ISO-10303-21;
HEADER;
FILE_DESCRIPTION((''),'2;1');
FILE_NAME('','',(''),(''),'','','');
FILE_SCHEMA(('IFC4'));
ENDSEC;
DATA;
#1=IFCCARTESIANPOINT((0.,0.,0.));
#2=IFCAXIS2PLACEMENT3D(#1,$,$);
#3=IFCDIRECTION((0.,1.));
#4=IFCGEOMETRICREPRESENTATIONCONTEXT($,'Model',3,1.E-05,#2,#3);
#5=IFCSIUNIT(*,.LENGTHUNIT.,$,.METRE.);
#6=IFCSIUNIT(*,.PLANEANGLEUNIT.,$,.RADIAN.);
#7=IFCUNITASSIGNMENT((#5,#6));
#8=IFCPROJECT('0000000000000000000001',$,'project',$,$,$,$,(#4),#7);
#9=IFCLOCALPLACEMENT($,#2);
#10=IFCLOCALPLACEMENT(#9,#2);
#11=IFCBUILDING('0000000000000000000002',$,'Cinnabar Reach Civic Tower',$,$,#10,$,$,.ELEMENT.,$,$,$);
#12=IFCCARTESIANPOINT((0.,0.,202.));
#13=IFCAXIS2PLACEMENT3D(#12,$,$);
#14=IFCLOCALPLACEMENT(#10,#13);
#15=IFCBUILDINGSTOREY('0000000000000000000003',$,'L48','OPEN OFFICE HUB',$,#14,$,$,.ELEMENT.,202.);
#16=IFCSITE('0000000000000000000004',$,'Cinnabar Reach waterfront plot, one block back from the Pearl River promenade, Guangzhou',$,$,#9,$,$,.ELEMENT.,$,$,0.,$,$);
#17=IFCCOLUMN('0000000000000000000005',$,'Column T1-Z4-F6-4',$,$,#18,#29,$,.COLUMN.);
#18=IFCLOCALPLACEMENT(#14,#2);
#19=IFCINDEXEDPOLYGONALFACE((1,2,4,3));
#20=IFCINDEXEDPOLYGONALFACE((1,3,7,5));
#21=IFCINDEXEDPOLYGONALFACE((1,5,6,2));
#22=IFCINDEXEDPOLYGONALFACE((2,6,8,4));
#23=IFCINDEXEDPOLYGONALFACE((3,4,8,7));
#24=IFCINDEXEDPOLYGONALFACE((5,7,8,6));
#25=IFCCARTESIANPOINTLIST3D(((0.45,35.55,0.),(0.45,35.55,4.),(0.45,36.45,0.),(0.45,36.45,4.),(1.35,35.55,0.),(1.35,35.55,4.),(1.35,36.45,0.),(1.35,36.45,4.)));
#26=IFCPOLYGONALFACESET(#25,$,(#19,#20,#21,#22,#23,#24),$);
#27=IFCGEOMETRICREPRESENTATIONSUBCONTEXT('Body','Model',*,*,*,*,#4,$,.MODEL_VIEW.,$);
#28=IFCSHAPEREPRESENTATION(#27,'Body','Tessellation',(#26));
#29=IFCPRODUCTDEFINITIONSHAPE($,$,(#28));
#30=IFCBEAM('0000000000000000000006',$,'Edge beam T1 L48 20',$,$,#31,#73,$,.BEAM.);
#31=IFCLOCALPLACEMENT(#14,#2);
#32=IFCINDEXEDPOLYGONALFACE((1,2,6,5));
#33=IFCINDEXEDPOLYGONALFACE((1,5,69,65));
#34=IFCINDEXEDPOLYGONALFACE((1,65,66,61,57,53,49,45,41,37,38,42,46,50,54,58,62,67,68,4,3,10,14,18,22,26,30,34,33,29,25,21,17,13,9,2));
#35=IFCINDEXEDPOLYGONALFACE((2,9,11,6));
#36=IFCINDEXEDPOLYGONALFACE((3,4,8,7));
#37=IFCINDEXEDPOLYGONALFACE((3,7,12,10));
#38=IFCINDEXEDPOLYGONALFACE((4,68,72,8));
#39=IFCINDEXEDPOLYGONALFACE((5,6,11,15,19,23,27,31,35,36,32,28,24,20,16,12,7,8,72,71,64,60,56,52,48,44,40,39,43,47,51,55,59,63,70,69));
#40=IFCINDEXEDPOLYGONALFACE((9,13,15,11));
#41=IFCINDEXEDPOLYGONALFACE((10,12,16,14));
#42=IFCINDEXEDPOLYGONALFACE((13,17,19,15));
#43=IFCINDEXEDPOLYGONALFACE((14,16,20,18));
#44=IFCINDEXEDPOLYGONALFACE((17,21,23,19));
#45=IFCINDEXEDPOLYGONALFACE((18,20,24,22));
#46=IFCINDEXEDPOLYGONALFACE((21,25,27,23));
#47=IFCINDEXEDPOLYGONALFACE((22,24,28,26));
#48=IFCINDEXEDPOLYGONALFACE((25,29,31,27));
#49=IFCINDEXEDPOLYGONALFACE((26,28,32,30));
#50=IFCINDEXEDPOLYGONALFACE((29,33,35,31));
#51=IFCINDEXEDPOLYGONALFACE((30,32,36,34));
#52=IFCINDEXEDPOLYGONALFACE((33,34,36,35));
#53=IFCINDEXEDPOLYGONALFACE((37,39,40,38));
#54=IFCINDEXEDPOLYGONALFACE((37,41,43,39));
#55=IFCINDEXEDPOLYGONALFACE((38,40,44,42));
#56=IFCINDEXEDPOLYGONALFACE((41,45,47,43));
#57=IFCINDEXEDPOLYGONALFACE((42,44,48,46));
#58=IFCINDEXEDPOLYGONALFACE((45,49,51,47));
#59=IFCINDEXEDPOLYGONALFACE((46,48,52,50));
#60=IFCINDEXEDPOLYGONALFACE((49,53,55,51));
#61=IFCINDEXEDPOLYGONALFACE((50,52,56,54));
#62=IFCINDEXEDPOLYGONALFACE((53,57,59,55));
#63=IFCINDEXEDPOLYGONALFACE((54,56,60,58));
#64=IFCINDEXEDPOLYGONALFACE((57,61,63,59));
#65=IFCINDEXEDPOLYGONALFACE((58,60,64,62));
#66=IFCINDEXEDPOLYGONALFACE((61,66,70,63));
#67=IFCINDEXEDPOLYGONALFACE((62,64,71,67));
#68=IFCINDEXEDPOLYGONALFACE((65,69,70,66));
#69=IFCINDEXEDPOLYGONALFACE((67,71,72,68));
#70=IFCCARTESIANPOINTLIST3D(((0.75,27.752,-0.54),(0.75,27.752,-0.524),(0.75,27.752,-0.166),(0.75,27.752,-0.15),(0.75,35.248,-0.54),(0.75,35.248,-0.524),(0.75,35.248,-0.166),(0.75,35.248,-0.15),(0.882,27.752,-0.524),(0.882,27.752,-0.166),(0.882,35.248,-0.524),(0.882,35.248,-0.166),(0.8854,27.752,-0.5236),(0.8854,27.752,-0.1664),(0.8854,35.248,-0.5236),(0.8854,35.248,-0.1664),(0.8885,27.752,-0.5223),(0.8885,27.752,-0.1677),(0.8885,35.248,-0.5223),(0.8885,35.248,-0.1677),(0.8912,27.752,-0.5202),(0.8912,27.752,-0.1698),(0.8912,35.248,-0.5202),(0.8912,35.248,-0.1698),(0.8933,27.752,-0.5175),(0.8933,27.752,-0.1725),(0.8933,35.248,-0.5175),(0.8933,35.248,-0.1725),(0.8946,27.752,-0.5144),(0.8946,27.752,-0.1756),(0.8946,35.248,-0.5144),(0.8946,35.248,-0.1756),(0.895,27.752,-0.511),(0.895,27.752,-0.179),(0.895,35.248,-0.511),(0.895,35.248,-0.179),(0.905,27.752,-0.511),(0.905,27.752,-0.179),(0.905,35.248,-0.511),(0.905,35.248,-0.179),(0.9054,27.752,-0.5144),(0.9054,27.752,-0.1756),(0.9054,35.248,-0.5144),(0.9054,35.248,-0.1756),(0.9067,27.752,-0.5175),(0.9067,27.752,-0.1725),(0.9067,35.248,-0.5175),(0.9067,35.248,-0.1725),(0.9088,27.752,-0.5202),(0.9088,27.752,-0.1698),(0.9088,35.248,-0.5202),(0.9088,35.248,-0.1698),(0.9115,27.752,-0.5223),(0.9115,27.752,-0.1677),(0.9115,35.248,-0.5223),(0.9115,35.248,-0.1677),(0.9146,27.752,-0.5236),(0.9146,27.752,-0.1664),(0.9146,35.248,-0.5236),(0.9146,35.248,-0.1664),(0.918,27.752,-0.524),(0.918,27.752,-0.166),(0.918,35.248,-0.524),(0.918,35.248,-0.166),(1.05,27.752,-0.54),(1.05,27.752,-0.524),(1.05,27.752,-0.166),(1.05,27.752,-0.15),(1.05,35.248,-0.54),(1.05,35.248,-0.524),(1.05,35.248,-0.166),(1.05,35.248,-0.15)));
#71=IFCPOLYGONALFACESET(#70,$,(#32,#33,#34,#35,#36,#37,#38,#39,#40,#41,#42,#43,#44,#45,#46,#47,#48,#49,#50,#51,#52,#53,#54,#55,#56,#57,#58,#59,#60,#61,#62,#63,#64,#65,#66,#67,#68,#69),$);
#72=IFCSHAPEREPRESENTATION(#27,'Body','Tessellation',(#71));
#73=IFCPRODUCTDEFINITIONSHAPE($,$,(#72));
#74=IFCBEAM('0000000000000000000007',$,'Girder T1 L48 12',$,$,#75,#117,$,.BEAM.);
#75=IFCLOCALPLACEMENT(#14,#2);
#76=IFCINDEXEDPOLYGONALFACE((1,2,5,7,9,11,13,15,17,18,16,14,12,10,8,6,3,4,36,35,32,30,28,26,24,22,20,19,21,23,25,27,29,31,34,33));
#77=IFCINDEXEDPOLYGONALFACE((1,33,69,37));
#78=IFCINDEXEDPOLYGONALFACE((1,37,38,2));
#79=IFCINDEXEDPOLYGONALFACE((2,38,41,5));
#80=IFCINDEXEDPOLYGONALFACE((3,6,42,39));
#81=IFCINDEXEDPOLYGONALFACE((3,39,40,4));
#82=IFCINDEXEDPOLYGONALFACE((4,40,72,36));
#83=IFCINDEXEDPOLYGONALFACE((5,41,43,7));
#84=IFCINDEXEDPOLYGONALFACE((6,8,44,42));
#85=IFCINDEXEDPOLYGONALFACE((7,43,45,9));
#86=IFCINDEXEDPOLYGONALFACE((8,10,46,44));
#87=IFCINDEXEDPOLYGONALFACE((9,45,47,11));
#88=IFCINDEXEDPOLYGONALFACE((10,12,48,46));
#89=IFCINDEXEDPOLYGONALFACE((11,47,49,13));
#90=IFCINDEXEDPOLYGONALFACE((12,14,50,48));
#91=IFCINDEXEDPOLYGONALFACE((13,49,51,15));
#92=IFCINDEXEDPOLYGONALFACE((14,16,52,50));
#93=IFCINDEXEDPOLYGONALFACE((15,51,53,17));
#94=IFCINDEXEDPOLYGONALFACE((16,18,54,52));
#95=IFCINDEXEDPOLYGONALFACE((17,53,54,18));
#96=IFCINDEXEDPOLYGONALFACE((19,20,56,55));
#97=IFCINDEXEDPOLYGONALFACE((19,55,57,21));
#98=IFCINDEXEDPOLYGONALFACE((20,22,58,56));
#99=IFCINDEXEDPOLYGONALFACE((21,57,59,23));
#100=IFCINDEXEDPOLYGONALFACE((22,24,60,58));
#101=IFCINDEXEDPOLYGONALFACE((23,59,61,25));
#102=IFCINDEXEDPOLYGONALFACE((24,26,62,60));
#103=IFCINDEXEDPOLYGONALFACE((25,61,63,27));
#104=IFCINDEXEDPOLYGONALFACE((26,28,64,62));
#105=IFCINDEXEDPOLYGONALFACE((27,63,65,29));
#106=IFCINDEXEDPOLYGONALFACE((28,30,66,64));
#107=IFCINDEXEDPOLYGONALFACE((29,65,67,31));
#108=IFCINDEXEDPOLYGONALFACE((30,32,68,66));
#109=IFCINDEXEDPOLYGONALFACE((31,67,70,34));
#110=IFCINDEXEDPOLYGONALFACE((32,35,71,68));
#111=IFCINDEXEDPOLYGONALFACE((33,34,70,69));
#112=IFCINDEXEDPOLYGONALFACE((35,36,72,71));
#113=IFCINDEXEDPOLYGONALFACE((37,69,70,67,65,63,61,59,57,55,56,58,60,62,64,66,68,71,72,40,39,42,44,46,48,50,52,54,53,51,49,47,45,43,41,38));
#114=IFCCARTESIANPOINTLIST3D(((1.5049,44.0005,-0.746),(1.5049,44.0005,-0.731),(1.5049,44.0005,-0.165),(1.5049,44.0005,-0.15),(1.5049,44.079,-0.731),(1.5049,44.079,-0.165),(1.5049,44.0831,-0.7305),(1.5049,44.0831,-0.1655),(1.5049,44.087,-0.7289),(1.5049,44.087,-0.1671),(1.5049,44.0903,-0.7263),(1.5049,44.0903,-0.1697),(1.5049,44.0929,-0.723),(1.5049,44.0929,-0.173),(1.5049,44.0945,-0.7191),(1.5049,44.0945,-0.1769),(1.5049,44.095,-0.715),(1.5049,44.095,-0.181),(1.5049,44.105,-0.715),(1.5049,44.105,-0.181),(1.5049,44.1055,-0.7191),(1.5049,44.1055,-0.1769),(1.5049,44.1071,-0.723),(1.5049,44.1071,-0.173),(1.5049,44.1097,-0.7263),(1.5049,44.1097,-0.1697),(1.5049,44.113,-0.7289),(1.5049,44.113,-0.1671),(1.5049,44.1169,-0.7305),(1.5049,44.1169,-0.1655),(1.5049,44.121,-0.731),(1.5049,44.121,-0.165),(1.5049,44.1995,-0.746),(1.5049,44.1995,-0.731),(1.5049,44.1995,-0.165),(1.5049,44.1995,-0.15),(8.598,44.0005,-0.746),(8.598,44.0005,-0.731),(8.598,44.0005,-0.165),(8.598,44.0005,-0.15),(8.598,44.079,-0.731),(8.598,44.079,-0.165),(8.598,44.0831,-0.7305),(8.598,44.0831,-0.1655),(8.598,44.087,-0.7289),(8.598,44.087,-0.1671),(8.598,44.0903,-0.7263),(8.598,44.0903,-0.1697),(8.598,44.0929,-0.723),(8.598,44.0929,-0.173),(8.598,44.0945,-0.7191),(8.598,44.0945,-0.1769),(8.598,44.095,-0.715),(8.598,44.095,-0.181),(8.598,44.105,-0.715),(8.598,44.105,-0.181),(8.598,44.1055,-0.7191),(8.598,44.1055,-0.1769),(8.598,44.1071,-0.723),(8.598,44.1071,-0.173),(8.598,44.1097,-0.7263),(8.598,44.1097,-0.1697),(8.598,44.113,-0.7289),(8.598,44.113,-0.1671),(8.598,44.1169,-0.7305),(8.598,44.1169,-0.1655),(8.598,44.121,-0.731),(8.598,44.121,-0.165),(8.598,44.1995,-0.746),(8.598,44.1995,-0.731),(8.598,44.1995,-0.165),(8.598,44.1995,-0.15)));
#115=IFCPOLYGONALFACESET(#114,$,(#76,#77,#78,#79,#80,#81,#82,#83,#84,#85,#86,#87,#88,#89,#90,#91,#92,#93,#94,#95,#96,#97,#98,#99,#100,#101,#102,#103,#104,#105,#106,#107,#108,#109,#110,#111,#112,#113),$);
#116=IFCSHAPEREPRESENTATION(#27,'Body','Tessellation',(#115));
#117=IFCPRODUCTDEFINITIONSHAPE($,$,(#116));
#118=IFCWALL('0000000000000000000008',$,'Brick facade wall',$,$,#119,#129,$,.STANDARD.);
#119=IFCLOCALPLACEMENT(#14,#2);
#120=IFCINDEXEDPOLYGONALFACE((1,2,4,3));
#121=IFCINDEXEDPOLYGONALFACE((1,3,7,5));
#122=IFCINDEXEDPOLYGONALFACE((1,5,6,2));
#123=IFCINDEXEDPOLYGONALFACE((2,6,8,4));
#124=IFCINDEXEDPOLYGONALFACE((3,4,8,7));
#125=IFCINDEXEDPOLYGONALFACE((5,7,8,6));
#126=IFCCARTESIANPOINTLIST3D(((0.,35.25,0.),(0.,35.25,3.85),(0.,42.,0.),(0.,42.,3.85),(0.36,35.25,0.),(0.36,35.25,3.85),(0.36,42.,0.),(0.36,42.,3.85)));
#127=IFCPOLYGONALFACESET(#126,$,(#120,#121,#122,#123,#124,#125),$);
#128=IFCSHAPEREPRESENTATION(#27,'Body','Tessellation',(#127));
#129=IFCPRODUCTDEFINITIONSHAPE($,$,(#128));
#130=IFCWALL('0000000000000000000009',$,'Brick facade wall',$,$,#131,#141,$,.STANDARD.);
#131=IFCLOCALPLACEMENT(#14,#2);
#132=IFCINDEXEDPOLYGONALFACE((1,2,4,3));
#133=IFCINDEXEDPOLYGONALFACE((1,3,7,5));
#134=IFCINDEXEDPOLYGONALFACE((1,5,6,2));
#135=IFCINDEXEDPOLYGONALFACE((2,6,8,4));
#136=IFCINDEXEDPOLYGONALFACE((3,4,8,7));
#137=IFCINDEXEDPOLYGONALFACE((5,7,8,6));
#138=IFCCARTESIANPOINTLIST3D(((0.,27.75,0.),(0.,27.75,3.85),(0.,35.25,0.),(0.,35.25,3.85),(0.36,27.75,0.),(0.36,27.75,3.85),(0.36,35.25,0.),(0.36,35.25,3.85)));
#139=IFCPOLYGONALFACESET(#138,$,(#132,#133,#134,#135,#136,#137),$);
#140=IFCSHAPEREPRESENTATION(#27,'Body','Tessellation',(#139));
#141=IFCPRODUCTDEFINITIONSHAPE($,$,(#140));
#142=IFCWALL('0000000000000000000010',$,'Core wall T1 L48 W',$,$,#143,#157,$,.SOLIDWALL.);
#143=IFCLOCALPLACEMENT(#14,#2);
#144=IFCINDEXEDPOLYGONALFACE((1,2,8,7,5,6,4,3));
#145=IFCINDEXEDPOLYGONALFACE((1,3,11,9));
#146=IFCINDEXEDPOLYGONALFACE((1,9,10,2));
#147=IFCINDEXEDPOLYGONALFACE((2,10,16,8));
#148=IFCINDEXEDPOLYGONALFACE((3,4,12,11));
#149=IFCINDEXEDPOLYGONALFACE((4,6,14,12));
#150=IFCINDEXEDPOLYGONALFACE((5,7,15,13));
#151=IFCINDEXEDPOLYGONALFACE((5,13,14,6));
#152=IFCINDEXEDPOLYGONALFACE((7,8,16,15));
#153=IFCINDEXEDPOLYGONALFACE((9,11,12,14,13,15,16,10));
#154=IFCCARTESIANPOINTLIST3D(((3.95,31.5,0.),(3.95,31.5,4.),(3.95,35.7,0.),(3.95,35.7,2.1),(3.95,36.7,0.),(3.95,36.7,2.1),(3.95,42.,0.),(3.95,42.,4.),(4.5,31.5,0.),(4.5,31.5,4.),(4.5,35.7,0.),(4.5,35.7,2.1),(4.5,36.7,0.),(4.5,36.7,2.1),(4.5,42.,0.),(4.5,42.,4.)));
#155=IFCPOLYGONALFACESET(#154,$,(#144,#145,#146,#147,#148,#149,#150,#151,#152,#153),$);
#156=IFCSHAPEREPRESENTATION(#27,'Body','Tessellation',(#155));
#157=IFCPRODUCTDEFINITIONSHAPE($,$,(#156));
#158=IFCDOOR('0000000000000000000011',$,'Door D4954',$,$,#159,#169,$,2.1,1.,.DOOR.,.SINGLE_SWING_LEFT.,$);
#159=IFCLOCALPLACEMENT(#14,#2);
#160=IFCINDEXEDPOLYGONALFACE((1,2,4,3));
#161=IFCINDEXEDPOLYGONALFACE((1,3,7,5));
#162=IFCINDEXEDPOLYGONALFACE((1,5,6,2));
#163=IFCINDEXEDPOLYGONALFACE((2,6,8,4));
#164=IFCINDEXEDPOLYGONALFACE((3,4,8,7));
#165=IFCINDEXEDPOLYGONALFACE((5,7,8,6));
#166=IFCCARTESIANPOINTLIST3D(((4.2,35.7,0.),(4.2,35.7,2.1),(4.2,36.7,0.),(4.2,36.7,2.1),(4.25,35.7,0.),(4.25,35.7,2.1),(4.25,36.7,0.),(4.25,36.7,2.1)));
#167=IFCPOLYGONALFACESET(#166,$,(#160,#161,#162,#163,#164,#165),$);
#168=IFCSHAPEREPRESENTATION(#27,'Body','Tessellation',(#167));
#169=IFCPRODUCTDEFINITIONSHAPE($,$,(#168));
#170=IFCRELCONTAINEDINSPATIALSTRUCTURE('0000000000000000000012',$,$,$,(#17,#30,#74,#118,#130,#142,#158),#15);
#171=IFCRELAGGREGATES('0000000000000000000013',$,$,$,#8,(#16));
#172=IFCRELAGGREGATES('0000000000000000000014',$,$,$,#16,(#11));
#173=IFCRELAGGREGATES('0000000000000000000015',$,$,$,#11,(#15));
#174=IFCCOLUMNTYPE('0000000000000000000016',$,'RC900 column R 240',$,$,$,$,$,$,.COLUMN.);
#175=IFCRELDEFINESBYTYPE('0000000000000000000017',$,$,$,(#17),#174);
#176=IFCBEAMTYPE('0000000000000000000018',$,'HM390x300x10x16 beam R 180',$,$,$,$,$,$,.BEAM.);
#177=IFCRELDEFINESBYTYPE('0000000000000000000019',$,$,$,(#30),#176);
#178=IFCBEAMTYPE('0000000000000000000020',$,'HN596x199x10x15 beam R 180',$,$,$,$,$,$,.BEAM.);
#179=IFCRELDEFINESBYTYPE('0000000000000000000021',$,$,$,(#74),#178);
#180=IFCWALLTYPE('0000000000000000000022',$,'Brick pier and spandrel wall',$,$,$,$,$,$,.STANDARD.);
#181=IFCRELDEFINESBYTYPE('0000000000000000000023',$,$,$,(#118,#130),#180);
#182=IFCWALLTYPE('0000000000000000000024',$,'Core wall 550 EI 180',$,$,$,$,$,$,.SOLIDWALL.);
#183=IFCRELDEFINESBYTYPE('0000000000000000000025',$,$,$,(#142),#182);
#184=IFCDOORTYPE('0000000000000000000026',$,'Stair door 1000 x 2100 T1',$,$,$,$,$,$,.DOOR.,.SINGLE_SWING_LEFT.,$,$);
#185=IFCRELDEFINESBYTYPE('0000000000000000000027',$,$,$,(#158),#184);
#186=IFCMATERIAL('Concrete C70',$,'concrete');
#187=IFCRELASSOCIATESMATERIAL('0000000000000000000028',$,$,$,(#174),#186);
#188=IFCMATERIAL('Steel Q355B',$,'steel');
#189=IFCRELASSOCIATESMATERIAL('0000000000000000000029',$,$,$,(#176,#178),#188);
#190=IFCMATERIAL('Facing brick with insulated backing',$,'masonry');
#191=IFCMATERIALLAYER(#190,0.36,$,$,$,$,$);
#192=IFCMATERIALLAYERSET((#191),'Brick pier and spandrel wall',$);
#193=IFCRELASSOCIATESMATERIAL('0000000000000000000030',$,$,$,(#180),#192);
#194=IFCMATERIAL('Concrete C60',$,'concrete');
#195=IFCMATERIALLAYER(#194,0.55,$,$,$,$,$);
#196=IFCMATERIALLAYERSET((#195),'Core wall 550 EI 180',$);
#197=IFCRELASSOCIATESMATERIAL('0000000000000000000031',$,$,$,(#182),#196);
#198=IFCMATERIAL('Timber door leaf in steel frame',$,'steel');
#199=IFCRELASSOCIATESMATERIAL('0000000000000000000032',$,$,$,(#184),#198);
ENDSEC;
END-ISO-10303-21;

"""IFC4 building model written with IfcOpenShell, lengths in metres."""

from ifc_helpers import new_model, si_unit, direction, frame, frame_2d, origin, origin_2d, place, context, subcontext, project, spatial, rectangle, i_section, extrude, material, layer, layer_set, material_profile, profile_set, type_object, element, fill, save


model = new_model("IFC4")

# Units and contexts
model_context = context("Model", 3, precision=1e-05, world=origin(), true_north=direction((0.0, 1.0)))
body_context = subcontext(model_context, "Body", "Model", "MODEL_VIEW")
ifc_project = project(units=[si_unit("LENGTHUNIT", "METRE"), si_unit("PLANEANGLEUNIT", "RADIAN")], contexts=[model_context])

# Site, building, storey
site_placement = place(None, origin())
site = spatial("IfcSite", under=ifc_project, at=site_placement, Name="Cinnabar Reach waterfront plot, one block back from the Pearl River promenade, Guangzhou", CompositionType="ELEMENT", RefElevation=0.0)
building_placement = place(site_placement, origin())
building = spatial("IfcBuilding", under=site, at=building_placement, Name="Cinnabar Reach Civic Tower", CompositionType="ELEMENT")
storey_placement = place(building_placement, frame((0.0, 0.0, 202.0)))
storey = spatial("IfcBuildingStorey", under=building, at=storey_placement, Name="L48", Description="OPEN OFFICE HUB", CompositionType="ELEMENT", Elevation=202.0)

# Column
ifc_material_1 = material(Name="Concrete C70", Category="concrete")
ifc_material_profile_1 = material_profile(ifc_material_1, rectangle(XDim=0.9, YDim=0.9, at=origin_2d()), Name="RC900")
ifc_profile_set_1 = profile_set([ifc_material_profile_1], Name="Concrete C70")
column_type = type_object("IfcColumnType", Name="RC900 column R 240", PredefinedType="COLUMN", material=ifc_profile_set_1)
column_placement = place(storey_placement, frame((0.9, 36.0, 0.0), z_axis=(0.0, 0.0, 1.0), x_axis=(1.0, 0.0, 0.0)))
element("IfcColumn", 1, at=column_placement, inside=storey, type_object=column_type, Name="Column T1-Z4-F6-4", PredefinedType="COLUMN", context=body_context, shape_type="SweptSolid", body=[
    extrude(rectangle(XDim=0.9, YDim=0.9, at=origin_2d()), origin(), (0.0, 0.0, 1.0), 4.0),
])

# Beams
ifc_material_2 = material(Name="Steel Q355B", Category="steel")
ifc_material_profile_2 = material_profile(ifc_material_2, i_section(OverallWidth=0.3, OverallDepth=0.39, WebThickness=0.01, FlangeThickness=0.016, FilletRadius=0.013, at=origin_2d()), Name="HM390x300x10x16")
ifc_profile_set_2 = profile_set([ifc_material_profile_2], Name="Steel Q355B")
beam_type_1 = type_object("IfcBeamType", Name="HM390x300x10x16 beam R 180", PredefinedType="BEAM", material=ifc_profile_set_2)
beam_1_placement = place(storey_placement, frame((0.9, 35.248, -0.345), z_axis=(0.0, -1.0, 0.0), x_axis=(1.0, 0.0, 0.0)))
element("IfcBeam", 2, at=beam_1_placement, inside=storey, type_object=beam_type_1, Name="Edge beam T1 L48 20", PredefinedType="BEAM", context=body_context, shape_type="SweptSolid", body=[
    extrude(i_section(OverallWidth=0.3, OverallDepth=0.39, WebThickness=0.01, FlangeThickness=0.016, FilletRadius=0.013, at=origin_2d()), origin(), (0.0, 0.0, 1.0), 7.496),
])
ifc_material_profile_3 = material_profile(ifc_material_2, i_section(OverallWidth=0.199, OverallDepth=0.596, WebThickness=0.01, FlangeThickness=0.015, FilletRadius=0.016, at=origin_2d()), Name="HN596x199x10x15")
ifc_profile_set_3 = profile_set([ifc_material_profile_3], Name="Steel Q355B")
beam_type_2 = type_object("IfcBeamType", Name="HN596x199x10x15 beam R 180", PredefinedType="BEAM", material=ifc_profile_set_3)
beam_2_placement = place(storey_placement, frame((1.5049, 44.1, -0.448), z_axis=(1.0, 0.0, 0.0), x_axis=(0.0, 1.0, 0.0)))
element("IfcBeam", 3, at=beam_2_placement, inside=storey, type_object=beam_type_2, Name="Girder T1 L48 12", PredefinedType="BEAM", context=body_context, shape_type="SweptSolid", body=[
    extrude(i_section(OverallWidth=0.199, OverallDepth=0.596, WebThickness=0.01, FlangeThickness=0.015, FilletRadius=0.016, at=origin_2d()), origin(), (0.0, 0.0, 1.0), 7.0931),
])

# Walls
ifc_material_3 = material(Name="Facing brick with insulated backing", Category="masonry")
ifc_layer_1 = layer(ifc_material_3, 0.36)
ifc_layer_set_1 = layer_set([ifc_layer_1], Name="Brick pier and spandrel wall")
wall_type_1 = type_object("IfcWallType", Name="Brick pier and spandrel wall", PredefinedType="STANDARD", material=ifc_layer_set_1)
wall_1_placement = place(storey_placement, frame((0.18, 42.0, 0.0), z_axis=(0.0, 0.0, 1.0), x_axis=(0.0, -1.0, 0.0)))
element("IfcWall", 4, at=wall_1_placement, inside=storey, type_object=wall_type_1, Name="Brick facade wall", PredefinedType="STANDARD", context=body_context, shape_type="SweptSolid", body=[
    extrude(rectangle(XDim=6.75, YDim=0.36, at=frame_2d((3.375, 0.0))), origin(), (0.0, 0.0, 1.0), 3.85),
])
wall_2_placement = place(storey_placement, frame((0.18, 35.25, 0.0), z_axis=(0.0, 0.0, 1.0), x_axis=(0.0, -1.0, 0.0)))
element("IfcWall", 5, at=wall_2_placement, inside=storey, type_object=wall_type_1, Name="Brick facade wall", PredefinedType="STANDARD", context=body_context, shape_type="SweptSolid", body=[
    extrude(rectangle(XDim=7.5, YDim=0.36, at=frame_2d((3.75, 0.0))), origin(), (0.0, 0.0, 1.0), 3.85),
])

# Wall, opening, door
ifc_material_4 = material(Name="Concrete C60", Category="concrete")
ifc_layer_2 = layer(ifc_material_4, 0.55)
ifc_layer_set_2 = layer_set([ifc_layer_2], Name="Core wall 550 EI 180")
wall_type_2 = type_object("IfcWallType", Name="Core wall 550 EI 180", PredefinedType="SOLIDWALL", material=ifc_layer_set_2)
wall_3_placement = place(storey_placement, frame((4.225, 42.0, 0.0), z_axis=(0.0, 0.0, 1.0), x_axis=(0.0, -1.0, 0.0)))
wall_3 = element("IfcWall", 6, at=wall_3_placement, inside=storey, type_object=wall_type_2, Name="Core wall T1 L48 W", PredefinedType="SOLIDWALL", context=body_context, shape_type="SweptSolid", body=[
    extrude(rectangle(XDim=10.5, YDim=0.55, at=frame_2d((5.25, 0.0))), origin(), (0.0, 0.0, 1.0), 4.0),
])
opening_1_placement = place(wall_3_placement, frame((5.3, 0.0, 0.0)))
opening_1 = element("IfcOpeningElement", 7, at=opening_1_placement, cuts=wall_3, PredefinedType="OPENING", context=body_context, shape_type="SweptSolid", body=[
    extrude(rectangle(XDim=1.0, YDim=2.1, at=frame_2d((0.5, 1.05))), frame((0.0, 0.285, 0.0), z_axis=(0.0, -1.0, 0.0), x_axis=(1.0, 0.0, 0.0)), (0.0, 0.0, 1.0), 0.57),
])
ifc_material_5 = material(Name="Timber door leaf in steel frame", Category="steel")
door_type_1 = type_object("IfcDoorType", Name="Stair door 1000 x 2100 T1", OperationType="SINGLE_SWING_LEFT", PredefinedType="DOOR", material=ifc_material_5)
door_1_placement = place(opening_1_placement, frame((1.0, 0.0, 0.0), z_axis=(0.0, 0.0, 1.0), x_axis=(-1.0, 0.0, 0.0)))
door_1 = element("IfcDoor", 8, at=door_1_placement, inside=storey, type_object=door_type_1, Name="Door D4954", OperationType="SINGLE_SWING_LEFT", OverallHeight=2.1, OverallWidth=1.0, PredefinedType="DOOR", context=body_context, shape_type="SweptSolid", body=[
    extrude(rectangle(XDim=1.0, YDim=2.1, at=frame_2d((0.5, 1.05))), frame((0.0, 0.025, 0.0), z_axis=(0.0, -1.0, 0.0), x_axis=(1.0, 0.0, 0.0)), (0.0, 0.0, 1.0), 0.05),
])
fill(opening_1, door_1)

save(model, "model.ifc")
